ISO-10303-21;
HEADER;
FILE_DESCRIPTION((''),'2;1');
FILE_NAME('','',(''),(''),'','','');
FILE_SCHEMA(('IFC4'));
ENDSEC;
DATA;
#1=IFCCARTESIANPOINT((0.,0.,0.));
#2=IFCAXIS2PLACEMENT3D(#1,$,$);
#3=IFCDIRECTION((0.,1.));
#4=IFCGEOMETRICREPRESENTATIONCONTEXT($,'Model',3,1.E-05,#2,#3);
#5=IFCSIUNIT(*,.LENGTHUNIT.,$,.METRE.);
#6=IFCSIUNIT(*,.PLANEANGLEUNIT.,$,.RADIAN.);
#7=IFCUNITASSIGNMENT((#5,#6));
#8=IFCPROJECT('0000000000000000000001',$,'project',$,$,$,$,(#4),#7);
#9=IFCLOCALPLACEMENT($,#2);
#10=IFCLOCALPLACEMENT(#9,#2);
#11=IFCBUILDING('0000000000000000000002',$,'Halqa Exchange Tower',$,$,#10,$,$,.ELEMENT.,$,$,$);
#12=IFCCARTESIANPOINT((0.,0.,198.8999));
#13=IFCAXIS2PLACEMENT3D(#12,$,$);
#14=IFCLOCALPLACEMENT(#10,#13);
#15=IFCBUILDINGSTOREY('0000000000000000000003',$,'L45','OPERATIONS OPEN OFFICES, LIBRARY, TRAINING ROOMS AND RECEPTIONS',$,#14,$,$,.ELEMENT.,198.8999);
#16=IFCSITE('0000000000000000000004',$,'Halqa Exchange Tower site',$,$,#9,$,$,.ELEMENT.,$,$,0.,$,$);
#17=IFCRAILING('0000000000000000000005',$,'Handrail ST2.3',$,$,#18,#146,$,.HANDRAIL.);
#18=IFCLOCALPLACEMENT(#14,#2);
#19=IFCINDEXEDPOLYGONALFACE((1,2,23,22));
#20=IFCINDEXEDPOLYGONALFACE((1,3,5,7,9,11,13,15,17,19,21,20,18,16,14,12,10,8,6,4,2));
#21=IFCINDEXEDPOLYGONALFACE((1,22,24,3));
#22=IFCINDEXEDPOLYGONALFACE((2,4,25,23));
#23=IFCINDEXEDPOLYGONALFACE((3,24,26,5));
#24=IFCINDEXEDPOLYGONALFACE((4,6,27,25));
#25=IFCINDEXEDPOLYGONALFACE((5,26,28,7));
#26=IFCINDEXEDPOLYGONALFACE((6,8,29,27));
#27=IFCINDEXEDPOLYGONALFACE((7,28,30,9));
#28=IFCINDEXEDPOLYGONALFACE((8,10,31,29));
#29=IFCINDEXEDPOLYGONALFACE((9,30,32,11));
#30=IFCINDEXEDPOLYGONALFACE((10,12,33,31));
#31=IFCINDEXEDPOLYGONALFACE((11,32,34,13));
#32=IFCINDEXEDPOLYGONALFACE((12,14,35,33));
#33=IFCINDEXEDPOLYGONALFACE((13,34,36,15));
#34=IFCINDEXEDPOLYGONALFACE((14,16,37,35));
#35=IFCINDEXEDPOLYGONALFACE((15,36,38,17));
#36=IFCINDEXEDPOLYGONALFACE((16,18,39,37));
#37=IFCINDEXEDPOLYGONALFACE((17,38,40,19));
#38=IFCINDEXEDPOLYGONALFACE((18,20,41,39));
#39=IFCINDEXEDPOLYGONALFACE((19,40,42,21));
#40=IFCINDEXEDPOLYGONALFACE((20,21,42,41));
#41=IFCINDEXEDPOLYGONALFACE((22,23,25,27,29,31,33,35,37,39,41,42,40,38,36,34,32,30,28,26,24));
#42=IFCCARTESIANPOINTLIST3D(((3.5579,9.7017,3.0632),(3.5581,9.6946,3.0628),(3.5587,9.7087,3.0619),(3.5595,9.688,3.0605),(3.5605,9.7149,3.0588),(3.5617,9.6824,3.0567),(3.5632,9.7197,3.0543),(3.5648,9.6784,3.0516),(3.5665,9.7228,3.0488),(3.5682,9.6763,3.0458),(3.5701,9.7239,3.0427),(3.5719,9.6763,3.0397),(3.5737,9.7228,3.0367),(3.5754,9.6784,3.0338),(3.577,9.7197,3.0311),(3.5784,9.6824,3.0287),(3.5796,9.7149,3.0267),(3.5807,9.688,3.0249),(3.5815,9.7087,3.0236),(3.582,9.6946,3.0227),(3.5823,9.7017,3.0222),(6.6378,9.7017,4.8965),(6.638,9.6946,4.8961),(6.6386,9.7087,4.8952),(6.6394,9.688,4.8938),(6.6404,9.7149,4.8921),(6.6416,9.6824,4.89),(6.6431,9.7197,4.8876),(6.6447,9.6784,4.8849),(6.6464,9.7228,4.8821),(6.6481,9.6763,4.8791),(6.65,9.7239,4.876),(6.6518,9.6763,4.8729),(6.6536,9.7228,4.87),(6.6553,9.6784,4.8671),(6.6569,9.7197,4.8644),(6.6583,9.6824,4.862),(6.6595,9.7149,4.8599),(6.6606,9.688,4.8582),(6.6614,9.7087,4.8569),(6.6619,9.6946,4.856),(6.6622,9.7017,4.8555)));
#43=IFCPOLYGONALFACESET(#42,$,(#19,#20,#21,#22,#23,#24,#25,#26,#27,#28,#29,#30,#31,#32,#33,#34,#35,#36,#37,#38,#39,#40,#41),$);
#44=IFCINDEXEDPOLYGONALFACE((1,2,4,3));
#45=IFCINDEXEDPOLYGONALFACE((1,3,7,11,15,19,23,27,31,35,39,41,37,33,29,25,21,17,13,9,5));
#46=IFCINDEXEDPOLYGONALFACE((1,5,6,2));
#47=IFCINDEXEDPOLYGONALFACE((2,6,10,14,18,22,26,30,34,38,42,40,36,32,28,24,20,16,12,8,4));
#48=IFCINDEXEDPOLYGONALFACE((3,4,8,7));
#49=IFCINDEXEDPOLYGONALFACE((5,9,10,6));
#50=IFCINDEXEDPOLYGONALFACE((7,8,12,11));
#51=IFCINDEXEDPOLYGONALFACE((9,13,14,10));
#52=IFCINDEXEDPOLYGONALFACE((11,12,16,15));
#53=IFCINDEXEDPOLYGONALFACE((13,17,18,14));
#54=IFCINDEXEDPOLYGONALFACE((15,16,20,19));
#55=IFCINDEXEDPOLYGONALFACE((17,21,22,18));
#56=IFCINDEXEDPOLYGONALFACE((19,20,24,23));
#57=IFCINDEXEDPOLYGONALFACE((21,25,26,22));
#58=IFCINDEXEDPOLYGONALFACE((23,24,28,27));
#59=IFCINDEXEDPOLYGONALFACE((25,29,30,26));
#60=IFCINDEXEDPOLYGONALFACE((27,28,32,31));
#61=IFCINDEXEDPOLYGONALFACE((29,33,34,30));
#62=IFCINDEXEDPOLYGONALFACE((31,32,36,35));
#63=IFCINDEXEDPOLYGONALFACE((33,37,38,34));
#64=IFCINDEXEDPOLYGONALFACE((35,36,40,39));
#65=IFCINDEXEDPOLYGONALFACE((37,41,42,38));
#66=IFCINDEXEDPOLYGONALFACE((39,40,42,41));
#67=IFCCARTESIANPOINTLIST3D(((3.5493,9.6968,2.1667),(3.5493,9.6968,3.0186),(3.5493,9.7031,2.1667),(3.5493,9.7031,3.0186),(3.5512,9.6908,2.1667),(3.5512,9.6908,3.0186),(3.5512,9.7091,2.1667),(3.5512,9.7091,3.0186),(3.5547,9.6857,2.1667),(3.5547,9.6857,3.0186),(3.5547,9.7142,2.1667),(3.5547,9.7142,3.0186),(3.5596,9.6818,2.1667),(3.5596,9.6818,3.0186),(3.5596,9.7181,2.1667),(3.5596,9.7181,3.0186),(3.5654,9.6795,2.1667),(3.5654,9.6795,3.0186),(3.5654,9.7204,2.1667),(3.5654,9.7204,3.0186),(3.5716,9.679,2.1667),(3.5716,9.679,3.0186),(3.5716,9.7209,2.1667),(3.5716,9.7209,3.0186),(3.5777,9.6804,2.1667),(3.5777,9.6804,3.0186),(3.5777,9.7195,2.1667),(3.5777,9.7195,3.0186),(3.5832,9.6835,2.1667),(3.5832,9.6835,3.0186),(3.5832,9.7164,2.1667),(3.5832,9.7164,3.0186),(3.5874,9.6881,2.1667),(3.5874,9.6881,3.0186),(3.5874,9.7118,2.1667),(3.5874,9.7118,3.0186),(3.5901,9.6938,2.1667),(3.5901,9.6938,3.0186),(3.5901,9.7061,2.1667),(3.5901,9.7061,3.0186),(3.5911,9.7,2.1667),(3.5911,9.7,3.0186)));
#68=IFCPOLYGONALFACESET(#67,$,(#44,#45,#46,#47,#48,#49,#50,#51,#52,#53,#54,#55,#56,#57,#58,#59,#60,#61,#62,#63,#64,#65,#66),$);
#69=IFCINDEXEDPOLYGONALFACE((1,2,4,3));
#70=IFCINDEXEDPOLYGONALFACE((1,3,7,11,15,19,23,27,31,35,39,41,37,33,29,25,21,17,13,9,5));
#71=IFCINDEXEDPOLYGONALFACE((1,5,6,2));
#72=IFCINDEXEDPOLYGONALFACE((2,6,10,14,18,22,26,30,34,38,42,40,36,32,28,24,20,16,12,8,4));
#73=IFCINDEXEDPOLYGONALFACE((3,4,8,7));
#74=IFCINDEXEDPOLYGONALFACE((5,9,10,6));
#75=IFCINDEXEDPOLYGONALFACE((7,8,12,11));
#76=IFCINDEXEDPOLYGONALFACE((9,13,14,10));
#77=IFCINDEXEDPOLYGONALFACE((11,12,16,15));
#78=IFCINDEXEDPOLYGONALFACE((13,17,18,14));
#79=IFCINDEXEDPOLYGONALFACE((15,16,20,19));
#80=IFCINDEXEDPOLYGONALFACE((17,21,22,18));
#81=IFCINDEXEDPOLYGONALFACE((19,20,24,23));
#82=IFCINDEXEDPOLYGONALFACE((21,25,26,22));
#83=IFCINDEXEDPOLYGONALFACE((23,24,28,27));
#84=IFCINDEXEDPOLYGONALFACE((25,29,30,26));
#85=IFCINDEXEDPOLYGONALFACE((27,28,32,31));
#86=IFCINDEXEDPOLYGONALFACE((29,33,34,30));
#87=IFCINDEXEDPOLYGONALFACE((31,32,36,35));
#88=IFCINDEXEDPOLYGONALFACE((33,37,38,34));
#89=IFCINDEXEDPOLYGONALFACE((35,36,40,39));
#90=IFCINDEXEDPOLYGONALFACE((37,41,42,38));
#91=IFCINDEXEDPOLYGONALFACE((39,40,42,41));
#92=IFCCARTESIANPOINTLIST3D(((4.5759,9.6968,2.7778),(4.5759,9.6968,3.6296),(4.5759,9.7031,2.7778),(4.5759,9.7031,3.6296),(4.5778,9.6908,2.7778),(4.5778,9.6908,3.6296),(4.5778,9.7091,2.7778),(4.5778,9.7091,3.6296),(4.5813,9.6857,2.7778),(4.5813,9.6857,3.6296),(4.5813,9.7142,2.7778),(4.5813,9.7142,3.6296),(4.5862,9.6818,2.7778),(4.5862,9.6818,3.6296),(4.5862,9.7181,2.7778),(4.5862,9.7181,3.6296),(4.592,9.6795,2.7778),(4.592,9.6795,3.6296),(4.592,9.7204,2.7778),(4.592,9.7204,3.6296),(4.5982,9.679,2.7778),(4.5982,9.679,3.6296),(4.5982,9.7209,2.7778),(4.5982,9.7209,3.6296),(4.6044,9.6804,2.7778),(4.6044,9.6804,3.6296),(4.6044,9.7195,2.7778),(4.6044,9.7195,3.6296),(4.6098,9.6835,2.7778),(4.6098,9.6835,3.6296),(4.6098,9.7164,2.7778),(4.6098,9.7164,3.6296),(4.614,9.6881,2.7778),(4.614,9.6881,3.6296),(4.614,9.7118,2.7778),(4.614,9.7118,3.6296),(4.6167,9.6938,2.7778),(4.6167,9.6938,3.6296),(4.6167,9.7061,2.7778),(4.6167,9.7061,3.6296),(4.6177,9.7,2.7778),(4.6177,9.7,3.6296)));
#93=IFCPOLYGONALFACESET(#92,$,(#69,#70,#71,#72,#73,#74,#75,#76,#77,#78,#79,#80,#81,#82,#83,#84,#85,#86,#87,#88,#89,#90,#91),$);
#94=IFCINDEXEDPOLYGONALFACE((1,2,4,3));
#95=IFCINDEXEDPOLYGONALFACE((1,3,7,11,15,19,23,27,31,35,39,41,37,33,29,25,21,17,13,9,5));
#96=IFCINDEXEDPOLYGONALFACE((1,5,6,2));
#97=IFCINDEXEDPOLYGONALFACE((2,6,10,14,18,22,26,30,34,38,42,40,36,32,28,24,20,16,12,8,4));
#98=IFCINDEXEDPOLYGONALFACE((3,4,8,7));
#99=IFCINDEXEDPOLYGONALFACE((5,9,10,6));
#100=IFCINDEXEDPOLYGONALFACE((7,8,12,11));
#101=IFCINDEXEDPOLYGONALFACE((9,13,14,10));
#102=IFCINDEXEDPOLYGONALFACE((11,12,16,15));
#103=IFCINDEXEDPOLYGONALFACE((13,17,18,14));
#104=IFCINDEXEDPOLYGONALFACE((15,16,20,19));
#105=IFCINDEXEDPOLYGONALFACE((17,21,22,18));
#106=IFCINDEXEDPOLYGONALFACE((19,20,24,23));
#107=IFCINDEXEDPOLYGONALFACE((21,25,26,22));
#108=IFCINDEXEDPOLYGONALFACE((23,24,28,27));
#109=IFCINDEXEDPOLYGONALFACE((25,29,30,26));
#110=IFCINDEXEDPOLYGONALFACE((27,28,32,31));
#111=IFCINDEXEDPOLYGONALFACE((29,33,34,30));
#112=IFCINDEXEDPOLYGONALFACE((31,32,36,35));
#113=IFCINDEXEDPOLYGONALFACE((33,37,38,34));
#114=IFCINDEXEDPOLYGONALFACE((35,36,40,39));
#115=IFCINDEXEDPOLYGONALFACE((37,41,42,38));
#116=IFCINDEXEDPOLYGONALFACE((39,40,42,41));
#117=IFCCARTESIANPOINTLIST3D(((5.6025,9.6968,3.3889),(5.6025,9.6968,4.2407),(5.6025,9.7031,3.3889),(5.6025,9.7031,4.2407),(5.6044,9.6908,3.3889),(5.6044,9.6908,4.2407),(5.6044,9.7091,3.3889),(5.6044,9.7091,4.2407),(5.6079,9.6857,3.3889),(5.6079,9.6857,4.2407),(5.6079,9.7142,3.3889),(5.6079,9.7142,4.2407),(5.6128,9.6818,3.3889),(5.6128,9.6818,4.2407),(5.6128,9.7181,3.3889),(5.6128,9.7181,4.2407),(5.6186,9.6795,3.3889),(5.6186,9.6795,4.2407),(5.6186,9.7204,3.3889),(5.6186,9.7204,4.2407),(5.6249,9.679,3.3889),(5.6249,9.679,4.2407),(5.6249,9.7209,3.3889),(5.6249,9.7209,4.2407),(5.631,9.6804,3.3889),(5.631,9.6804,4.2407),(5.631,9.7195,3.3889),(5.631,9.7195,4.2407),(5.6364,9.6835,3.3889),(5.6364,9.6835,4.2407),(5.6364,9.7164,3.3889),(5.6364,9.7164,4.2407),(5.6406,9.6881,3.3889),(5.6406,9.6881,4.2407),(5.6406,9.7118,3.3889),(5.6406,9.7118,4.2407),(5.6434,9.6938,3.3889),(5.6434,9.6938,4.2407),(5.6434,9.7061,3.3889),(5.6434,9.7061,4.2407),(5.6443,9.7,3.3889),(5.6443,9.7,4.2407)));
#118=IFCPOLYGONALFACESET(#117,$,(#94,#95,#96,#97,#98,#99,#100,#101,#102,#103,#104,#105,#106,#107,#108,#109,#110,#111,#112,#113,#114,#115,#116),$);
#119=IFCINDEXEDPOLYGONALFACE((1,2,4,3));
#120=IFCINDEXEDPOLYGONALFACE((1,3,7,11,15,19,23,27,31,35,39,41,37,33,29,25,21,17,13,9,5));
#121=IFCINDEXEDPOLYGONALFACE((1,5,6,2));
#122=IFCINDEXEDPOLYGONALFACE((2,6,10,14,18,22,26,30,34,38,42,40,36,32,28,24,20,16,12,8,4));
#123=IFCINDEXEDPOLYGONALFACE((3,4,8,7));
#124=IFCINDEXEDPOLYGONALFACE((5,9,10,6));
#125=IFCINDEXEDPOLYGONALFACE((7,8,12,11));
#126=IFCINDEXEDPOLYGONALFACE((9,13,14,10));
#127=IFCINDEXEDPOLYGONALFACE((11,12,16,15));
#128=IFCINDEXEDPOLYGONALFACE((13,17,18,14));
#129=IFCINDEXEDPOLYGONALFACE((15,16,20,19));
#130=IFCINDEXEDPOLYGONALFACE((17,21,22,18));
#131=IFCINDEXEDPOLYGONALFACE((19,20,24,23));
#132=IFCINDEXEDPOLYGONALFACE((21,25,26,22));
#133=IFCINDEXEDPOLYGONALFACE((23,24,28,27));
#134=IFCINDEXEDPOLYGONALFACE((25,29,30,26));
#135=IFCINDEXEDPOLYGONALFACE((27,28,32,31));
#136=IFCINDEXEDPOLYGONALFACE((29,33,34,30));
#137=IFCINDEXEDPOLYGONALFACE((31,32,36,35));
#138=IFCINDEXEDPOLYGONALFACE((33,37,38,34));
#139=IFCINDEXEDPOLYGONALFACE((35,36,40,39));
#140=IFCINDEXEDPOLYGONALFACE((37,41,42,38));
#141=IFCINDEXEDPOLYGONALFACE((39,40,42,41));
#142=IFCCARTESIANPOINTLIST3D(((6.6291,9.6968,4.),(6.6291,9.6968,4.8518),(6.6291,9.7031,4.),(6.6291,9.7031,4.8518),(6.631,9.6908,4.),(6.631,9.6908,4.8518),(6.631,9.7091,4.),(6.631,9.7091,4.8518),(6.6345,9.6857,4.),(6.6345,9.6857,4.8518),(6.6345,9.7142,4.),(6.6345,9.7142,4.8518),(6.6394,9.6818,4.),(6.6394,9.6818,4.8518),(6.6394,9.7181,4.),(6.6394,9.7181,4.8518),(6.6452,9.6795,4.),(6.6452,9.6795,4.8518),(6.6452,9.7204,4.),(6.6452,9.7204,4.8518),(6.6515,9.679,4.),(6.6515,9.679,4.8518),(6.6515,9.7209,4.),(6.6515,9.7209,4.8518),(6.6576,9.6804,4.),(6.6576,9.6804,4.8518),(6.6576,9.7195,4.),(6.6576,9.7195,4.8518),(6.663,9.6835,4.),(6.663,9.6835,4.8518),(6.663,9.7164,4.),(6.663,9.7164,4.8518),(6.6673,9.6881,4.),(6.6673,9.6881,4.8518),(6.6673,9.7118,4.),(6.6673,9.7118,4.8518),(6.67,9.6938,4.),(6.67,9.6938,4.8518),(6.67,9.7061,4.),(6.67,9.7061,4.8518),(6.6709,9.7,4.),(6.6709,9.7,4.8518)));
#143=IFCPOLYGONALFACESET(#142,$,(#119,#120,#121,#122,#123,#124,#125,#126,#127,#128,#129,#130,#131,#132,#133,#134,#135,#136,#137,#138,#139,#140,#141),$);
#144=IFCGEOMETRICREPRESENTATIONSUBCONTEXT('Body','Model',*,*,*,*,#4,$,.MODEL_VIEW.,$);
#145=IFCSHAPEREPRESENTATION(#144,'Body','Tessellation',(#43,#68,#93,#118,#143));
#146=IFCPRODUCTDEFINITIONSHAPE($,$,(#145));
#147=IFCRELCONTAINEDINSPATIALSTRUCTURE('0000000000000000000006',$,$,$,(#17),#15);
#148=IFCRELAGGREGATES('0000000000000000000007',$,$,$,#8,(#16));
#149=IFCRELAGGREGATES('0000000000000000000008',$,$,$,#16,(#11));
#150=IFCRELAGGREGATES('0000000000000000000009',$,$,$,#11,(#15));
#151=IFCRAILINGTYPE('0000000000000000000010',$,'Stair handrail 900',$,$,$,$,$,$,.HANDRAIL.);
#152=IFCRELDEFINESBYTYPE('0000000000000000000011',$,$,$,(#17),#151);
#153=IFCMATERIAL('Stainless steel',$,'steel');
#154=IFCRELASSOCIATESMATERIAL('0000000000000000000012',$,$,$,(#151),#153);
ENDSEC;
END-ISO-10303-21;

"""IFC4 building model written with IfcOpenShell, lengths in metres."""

from ifc_helpers import new_model, si_unit, direction, frame, origin, origin_2d, place, context, subcontext, project, spatial, circle, extrude, material, type_object, element, save


model = new_model("IFC4")

# Units and contexts
model_context = context("Model", 3, precision=1e-05, world=origin(), true_north=direction((0.0, 1.0)))
body_context = subcontext(model_context, "Body", "Model", "MODEL_VIEW")
ifc_project = project(units=[si_unit("LENGTHUNIT", "METRE"), si_unit("PLANEANGLEUNIT", "RADIAN")], contexts=[model_context])

# Site, building, storey
site_placement = place(None, origin())
site = spatial("IfcSite", under=ifc_project, at=site_placement, Name="Halqa Exchange Tower site", CompositionType="ELEMENT", RefElevation=0.0)
building_placement = place(site_placement, origin())
building = spatial("IfcBuilding", under=site, at=building_placement, Name="Halqa Exchange Tower", CompositionType="ELEMENT")
storey_placement = place(building_placement, frame((0.0, 0.0, 198.8999)))
storey = spatial("IfcBuildingStorey", under=building, at=storey_placement, Name="L45", Description="OPERATIONS OPEN OFFICES, LIBRARY, TRAINING ROOMS AND RECEPTIONS", CompositionType="ELEMENT", Elevation=198.8999)

# Railing
ifc_material_1 = material(Name="Stainless steel", Category="steel")
railing_type_1 = type_object("IfcRailingType", Name="Stair handrail 900", PredefinedType="HANDRAIL", material=ifc_material_1)
railing_1_placement = place(storey_placement, frame((3.5701, 9.7, 2.1667)))
element("IfcRailing", 1, at=railing_1_placement, inside=storey, type_object=railing_type_1, Name="Handrail ST2.3", PredefinedType="HANDRAIL", context=body_context, shape_type="SweptSolid", body=[
    extrude(circle(Radius=0.0239, at=origin_2d()), frame((0.0, 0.0, 0.876), z_axis=(0.859291, 0.0, 0.511487), x_axis=(0.0, 1.0, 0.0)), (0.0, 0.0, 1.0), 3.5842),
    extrude(circle(Radius=0.021, at=origin_2d()), origin(), (0.0, 0.0, 1.0), 0.8518),
    extrude(circle(Radius=0.021, at=origin_2d()), frame((1.0266, 0.0, 0.6111)), (0.0, 0.0, 1.0), 0.8518),
    extrude(circle(Radius=0.021, at=origin_2d()), frame((2.0532, 0.0, 1.2222)), (0.0, 0.0, 1.0), 0.8518),
    extrude(circle(Radius=0.021, at=origin_2d()), frame((3.0798, 0.0, 1.8333)), (0.0, 0.0, 1.0), 0.8518),
])

save(model, "model.ifc")
